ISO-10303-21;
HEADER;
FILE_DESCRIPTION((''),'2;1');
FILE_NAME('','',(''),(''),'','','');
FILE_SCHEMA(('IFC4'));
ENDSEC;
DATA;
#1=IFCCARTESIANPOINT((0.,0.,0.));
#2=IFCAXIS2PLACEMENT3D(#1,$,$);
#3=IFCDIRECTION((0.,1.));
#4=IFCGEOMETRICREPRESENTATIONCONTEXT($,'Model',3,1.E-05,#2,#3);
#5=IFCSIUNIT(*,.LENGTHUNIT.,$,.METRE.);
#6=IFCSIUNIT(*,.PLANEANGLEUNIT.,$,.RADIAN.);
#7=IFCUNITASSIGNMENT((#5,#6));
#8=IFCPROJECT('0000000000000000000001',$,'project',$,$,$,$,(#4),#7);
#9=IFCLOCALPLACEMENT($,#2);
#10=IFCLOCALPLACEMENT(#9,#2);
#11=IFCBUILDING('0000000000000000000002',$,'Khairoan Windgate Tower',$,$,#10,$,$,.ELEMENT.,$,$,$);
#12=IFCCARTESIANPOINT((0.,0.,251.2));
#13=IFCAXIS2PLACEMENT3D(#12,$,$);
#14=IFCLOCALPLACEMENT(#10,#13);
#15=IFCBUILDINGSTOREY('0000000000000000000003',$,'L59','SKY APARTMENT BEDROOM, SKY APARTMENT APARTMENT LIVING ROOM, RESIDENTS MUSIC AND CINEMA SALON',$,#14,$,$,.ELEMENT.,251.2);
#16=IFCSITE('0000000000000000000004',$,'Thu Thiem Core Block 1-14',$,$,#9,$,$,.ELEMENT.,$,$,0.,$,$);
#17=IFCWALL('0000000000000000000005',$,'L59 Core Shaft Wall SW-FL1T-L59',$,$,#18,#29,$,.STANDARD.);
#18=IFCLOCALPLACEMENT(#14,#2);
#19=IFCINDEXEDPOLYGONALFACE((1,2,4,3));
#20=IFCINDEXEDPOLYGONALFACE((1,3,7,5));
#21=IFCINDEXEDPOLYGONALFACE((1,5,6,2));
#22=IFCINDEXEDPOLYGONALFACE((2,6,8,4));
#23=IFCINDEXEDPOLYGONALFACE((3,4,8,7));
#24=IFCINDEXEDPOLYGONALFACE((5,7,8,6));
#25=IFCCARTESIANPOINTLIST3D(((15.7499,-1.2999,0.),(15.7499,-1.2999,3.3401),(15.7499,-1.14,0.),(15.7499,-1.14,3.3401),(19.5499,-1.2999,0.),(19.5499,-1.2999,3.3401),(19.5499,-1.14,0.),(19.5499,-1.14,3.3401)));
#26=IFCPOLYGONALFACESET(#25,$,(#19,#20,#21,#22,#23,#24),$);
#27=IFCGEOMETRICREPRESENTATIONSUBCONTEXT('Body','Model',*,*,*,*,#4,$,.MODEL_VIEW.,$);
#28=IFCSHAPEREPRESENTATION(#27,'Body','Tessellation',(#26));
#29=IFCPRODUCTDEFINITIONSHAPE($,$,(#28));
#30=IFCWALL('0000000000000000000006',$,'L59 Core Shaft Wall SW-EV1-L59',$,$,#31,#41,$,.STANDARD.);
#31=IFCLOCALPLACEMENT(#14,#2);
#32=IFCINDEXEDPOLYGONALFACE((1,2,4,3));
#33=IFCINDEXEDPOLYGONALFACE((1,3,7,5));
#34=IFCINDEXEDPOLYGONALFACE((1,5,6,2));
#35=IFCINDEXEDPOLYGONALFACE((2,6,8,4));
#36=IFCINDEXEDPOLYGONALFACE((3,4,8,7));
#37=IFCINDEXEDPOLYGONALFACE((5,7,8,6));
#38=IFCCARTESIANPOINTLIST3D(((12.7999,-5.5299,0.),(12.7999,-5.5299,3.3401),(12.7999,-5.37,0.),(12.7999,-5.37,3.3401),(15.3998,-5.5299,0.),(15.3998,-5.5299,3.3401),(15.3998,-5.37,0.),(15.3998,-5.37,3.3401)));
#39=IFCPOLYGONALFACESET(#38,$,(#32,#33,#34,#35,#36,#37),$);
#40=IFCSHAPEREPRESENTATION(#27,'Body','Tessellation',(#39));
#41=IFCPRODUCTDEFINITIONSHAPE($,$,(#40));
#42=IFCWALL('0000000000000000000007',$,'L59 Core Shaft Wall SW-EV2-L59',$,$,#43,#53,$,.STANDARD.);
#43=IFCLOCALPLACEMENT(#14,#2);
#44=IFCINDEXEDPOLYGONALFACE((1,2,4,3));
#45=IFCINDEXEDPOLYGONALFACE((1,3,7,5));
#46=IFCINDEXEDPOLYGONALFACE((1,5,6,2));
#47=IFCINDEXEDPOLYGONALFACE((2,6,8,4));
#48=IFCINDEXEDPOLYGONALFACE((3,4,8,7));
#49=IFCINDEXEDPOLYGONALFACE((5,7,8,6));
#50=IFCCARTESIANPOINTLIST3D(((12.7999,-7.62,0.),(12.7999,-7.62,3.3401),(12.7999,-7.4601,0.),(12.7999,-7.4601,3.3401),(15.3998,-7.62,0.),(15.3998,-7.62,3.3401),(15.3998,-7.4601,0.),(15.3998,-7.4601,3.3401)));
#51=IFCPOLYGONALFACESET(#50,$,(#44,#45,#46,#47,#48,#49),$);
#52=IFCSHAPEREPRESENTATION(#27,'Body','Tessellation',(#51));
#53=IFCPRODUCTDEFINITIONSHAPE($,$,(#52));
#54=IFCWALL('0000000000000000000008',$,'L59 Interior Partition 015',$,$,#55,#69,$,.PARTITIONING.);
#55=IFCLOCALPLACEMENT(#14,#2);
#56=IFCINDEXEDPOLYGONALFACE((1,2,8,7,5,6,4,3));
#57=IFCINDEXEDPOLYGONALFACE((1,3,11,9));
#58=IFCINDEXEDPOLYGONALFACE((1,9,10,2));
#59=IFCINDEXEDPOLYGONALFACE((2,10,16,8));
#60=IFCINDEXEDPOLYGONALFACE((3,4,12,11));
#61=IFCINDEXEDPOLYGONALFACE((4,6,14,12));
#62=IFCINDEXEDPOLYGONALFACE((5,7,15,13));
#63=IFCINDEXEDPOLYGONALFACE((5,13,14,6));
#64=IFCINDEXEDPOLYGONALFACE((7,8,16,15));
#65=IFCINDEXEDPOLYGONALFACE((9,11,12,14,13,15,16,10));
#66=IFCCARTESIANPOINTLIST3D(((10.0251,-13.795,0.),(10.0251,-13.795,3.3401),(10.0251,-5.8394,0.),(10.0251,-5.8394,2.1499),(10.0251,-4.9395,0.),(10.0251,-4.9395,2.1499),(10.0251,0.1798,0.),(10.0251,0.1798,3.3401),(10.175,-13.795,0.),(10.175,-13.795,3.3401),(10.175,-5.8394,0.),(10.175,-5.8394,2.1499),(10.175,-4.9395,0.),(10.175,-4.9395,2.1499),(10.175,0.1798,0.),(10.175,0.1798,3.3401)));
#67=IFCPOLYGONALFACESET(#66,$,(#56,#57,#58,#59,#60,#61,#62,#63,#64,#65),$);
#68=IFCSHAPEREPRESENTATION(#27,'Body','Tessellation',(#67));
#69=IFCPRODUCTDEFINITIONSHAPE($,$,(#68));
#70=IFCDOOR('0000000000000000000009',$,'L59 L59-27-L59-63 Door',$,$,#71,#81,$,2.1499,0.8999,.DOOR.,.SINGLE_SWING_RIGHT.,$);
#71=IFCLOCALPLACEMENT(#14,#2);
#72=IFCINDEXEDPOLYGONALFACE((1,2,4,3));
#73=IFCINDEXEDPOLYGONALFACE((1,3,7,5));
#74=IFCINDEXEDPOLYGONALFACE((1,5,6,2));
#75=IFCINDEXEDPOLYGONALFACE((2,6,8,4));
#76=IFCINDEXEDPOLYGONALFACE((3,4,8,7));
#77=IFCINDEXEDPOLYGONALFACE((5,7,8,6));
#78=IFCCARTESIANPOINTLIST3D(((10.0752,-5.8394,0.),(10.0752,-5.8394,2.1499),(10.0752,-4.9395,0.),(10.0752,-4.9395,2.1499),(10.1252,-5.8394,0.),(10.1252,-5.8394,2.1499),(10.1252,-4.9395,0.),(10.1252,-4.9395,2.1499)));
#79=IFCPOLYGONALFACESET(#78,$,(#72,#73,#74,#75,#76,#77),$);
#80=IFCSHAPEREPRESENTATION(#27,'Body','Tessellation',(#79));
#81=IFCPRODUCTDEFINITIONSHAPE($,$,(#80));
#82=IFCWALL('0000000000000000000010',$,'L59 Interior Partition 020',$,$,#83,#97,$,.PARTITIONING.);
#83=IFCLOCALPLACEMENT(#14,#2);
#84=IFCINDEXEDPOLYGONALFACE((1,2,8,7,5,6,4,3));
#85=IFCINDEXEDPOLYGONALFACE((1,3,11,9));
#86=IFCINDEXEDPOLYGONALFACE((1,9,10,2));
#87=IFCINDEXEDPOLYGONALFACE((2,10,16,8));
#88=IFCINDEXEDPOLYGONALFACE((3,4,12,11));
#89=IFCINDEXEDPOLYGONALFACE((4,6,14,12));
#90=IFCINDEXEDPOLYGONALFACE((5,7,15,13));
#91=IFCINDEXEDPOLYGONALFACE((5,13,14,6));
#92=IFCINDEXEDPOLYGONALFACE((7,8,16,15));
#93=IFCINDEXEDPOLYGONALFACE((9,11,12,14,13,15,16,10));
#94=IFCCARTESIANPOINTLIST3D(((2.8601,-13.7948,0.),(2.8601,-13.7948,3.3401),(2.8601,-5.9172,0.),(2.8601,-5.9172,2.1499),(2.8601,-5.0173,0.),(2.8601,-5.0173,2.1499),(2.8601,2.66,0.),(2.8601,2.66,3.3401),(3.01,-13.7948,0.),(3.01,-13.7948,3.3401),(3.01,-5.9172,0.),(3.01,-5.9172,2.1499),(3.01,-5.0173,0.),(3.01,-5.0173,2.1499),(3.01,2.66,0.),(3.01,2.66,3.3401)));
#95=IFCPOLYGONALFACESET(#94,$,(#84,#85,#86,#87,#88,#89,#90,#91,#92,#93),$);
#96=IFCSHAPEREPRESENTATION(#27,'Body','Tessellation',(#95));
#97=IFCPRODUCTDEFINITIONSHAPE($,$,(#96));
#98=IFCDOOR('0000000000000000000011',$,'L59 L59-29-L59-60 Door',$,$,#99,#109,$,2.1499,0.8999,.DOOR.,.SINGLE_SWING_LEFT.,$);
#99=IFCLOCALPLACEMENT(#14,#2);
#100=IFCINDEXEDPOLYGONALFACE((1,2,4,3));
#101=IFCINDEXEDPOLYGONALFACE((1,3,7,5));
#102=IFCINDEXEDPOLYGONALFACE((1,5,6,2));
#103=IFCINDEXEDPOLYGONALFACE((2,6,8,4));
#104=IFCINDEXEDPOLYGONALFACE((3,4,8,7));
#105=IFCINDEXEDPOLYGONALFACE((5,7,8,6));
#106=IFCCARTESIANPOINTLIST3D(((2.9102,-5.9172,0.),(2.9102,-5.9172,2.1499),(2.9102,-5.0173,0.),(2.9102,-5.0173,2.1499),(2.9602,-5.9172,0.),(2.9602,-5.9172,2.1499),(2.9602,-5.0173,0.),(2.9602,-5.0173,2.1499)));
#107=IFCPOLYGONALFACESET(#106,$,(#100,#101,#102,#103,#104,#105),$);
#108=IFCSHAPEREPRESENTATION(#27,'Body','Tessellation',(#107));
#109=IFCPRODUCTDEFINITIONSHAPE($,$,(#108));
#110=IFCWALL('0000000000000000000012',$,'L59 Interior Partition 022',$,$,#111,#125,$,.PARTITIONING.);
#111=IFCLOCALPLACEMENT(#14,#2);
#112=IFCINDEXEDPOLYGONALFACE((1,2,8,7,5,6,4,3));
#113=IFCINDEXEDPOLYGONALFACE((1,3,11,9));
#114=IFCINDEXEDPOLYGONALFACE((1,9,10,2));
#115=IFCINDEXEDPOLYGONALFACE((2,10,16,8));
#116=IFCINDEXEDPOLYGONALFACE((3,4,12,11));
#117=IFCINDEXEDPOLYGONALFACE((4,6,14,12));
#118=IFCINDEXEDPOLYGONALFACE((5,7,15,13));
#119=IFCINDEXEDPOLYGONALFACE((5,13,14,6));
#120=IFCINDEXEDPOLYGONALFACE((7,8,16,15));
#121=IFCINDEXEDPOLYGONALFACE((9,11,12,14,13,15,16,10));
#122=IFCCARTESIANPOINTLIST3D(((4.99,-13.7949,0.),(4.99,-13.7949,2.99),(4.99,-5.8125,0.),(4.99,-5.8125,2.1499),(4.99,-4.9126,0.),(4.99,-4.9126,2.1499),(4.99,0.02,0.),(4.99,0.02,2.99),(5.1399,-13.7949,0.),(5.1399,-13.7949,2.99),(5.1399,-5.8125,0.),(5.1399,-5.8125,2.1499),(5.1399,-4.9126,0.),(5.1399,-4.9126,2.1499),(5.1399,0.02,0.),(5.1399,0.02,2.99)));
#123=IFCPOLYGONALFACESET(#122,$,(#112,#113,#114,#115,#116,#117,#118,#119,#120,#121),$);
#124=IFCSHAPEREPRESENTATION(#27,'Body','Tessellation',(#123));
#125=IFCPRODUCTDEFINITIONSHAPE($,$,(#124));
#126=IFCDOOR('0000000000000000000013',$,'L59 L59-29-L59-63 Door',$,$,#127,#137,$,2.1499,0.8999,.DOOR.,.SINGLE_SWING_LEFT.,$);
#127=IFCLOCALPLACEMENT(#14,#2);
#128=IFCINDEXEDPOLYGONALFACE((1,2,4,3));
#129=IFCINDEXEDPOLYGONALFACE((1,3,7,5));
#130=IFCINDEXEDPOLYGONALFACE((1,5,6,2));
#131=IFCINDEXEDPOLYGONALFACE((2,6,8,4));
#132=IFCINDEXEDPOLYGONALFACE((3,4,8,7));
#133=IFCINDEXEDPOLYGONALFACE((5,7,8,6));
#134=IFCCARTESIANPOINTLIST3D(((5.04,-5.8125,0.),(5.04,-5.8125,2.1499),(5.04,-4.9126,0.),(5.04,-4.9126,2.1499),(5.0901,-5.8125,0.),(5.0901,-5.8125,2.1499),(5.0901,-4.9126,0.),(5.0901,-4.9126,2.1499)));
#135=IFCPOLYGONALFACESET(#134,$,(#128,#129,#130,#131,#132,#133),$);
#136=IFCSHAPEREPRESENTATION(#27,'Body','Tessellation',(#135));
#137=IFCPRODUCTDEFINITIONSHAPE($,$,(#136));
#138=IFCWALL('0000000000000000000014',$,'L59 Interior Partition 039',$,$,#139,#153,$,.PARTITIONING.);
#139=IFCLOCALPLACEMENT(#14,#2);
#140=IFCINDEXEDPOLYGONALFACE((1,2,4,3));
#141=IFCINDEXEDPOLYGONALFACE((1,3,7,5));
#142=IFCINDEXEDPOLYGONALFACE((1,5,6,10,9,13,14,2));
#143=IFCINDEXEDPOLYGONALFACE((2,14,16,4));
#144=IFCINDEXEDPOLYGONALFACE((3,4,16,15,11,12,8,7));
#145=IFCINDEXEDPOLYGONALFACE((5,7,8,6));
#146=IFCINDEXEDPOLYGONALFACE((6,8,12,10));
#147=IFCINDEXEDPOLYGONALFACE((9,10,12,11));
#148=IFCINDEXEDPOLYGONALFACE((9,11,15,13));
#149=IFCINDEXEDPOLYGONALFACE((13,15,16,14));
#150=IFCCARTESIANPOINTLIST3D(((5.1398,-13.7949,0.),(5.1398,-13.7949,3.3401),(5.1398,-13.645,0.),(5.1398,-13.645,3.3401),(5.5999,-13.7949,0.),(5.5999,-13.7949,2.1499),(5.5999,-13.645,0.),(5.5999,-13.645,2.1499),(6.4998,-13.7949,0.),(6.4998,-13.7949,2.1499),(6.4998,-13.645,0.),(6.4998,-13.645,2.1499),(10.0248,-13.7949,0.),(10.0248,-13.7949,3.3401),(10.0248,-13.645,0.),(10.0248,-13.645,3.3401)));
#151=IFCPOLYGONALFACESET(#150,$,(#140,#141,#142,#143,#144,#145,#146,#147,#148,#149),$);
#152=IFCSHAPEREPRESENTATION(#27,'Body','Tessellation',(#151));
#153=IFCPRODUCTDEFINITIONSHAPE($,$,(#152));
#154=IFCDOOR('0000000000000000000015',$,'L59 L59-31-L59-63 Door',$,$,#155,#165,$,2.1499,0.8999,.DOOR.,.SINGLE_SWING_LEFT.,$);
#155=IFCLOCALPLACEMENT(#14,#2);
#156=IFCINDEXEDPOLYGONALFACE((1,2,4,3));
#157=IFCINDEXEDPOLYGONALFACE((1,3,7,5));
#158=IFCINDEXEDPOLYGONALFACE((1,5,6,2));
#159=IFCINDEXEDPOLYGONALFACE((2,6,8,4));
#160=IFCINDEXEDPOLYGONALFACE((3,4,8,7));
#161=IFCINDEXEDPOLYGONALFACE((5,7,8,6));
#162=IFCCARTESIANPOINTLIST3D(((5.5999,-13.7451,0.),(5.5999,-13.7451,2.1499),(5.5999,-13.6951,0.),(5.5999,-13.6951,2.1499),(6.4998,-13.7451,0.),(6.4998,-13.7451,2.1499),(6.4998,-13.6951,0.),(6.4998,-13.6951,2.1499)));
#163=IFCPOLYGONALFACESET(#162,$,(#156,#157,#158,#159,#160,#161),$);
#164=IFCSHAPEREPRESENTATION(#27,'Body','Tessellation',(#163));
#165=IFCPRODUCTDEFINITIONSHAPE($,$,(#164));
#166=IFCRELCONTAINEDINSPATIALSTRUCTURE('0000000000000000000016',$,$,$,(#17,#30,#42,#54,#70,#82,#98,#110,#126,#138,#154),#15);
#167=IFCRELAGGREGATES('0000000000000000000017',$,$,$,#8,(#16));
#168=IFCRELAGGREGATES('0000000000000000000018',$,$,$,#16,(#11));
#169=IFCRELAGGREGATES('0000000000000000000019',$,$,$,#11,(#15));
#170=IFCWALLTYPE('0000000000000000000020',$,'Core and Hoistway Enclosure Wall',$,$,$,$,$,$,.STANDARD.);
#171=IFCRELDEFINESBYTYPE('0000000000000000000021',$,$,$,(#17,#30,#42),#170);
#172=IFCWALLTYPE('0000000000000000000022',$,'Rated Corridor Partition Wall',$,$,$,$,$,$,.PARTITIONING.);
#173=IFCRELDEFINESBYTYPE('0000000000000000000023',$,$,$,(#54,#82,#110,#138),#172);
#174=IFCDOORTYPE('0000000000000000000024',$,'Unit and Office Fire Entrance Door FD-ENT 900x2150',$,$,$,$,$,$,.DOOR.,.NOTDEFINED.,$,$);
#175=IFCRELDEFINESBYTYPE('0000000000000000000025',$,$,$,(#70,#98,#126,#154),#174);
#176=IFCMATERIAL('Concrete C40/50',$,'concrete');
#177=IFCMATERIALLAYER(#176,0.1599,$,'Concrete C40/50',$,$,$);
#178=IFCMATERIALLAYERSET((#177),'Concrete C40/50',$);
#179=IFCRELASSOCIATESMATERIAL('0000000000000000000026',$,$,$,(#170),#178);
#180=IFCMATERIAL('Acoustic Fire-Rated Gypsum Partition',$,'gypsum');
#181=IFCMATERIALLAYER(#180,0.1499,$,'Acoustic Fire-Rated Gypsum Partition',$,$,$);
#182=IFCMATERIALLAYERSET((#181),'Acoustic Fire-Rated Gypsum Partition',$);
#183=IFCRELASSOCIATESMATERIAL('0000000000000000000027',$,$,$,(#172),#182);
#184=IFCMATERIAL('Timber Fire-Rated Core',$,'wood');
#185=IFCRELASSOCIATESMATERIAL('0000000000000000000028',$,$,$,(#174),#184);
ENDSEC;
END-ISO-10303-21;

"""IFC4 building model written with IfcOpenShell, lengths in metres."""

from ifc_helpers import new_model, si_unit, direction, frame, frame_2d, origin, place, context, subcontext, project, spatial, rectangle, extrude, material, layer, layer_set, type_object, element, fill, save


model = new_model("IFC4")

# Units and contexts
model_context = context("Model", 3, precision=1e-05, world=origin(), true_north=direction((0.0, 1.0)))
body_context = subcontext(model_context, "Body", "Model", "MODEL_VIEW")
ifc_project = project(units=[si_unit("LENGTHUNIT", "METRE"), si_unit("PLANEANGLEUNIT", "RADIAN")], contexts=[model_context])

# Site, building, storey
site_placement = place(None, origin())
site = spatial("IfcSite", under=ifc_project, at=site_placement, Name="Thu Thiem Core Block 1-14", CompositionType="ELEMENT", RefElevation=0.0)
building_placement = place(site_placement, origin())
building = spatial("IfcBuilding", under=site, at=building_placement, Name="Khairoan Windgate Tower", CompositionType="ELEMENT")
storey_placement = place(building_placement, frame((0.0, 0.0, 251.2)))
storey = spatial("IfcBuildingStorey", under=building, at=storey_placement, Name="L59", Description="SKY APARTMENT BEDROOM, SKY APARTMENT APARTMENT LIVING ROOM, RESIDENTS MUSIC AND CINEMA SALON", CompositionType="ELEMENT", Elevation=251.2)

# Shared definitions
ifc_material_1 = material(Name="Concrete C40/50", Category="concrete")
ifc_layer_1 = layer(ifc_material_1, 0.1599, Name="Concrete C40/50")
ifc_layer_set_1 = layer_set([ifc_layer_1], Name="Concrete C40/50")
wall_type_1 = type_object("IfcWallType", Name="Core and Hoistway Enclosure Wall", PredefinedType="STANDARD", material=ifc_layer_set_1)

# Walls
wall_1_placement = place(storey_placement, frame((15.75, -1.22, 0.0), z_axis=(0.0, 0.0, 1.0), x_axis=(1.0, 0.0, 0.0)))
element("IfcWall", 1, at=wall_1_placement, inside=storey, type_object=wall_type_1, Name="L59 Core Shaft Wall SW-FL1T-L59", PredefinedType="STANDARD", context=body_context, shape_type="SweptSolid", body=[
    extrude(rectangle(XDim=3.8, YDim=0.1599, at=frame_2d((1.8999, 0.0))), origin(), (0.0, 0.0, 1.0), 3.3401),
])
for number, where, z_axis, x_axis, name in (
    (2, (12.8, -5.45, 0.0), (0.0, 0.0, 1.0), (1.0, 0.0, 0.0), "L59 Core Shaft Wall SW-EV1-L59"),
    (3, (12.8, -7.54, 0.0), (0.0, 0.0, 1.0), (1.0, 0.0, 0.0), "L59 Core Shaft Wall SW-EV2-L59"),
):
    element("IfcWall", number, at=place(storey_placement, frame(where, z_axis=z_axis, x_axis=x_axis)), inside=storey, type_object=wall_type_1, Name=name, PredefinedType="STANDARD", context=body_context, shape_type="SweptSolid", body=[
        extrude(rectangle(XDim=2.5999, YDim=0.1599, at=frame_2d((1.2998, 0.0))), origin(), (0.0, 0.0, 1.0), 3.3401),
    ])

# Walls, openings, doors
ifc_material_2 = material(Name="Acoustic Fire-Rated Gypsum Partition", Category="gypsum")
ifc_layer_2 = layer(ifc_material_2, 0.1499, Name="Acoustic Fire-Rated Gypsum Partition")
ifc_layer_set_2 = layer_set([ifc_layer_2], Name="Acoustic Fire-Rated Gypsum Partition")
wall_type_2 = type_object("IfcWallType", Name="Rated Corridor Partition Wall", PredefinedType="PARTITIONING", material=ifc_layer_set_2)
wall_2_placement = place(storey_placement, frame((10.1001, -13.7949, 0.0), z_axis=(0.0, 0.0, 1.0), x_axis=(0.0, 1.0, 0.0)))
wall_2 = element("IfcWall", 4, at=wall_2_placement, inside=storey, type_object=wall_type_2, Name="L59 Interior Partition 015", PredefinedType="PARTITIONING", context=body_context, shape_type="SweptSolid", body=[
    extrude(rectangle(XDim=13.9749, YDim=0.1499, at=frame_2d((6.9873, 0.0))), origin(), (0.0, 0.0, 1.0), 3.3401),
])
opening_1_placement = place(wall_2_placement, frame((7.9556, 0.0, 0.0)))
opening_1 = element("IfcOpeningElement", 5, at=opening_1_placement, cuts=wall_2, PredefinedType="OPENING", context=body_context, shape_type="SweptSolid", body=[
    extrude(rectangle(XDim=0.8999, YDim=2.1499, at=frame_2d((0.45, 1.075))), frame((0.0, 0.085, 0.0), z_axis=(0.0, -1.0, 0.0), x_axis=(1.0, 0.0, 0.0)), (0.0, 0.0, 1.0), 0.1699),
])
ifc_material_3 = material(Name="Timber Fire-Rated Core", Category="wood")
door_type_1 = type_object("IfcDoorType", Name="Unit and Office Fire Entrance Door FD-ENT 900x2150", OperationType="NOTDEFINED", PredefinedType="DOOR", material=ifc_material_3)
door_1_placement = place(opening_1_placement, origin())
door_1 = element("IfcDoor", 6, at=door_1_placement, inside=storey, type_object=door_type_1, Name="L59 L59-27-L59-63 Door", OperationType="SINGLE_SWING_RIGHT", OverallHeight=2.1499, OverallWidth=0.8999, PredefinedType="DOOR", context=body_context, shape_type="SweptSolid", body=[
    extrude(rectangle(XDim=0.8999, YDim=2.1499, at=frame_2d((0.45, 1.075))), frame((0.0, 0.0249, 0.0), z_axis=(0.0, -1.0, 0.0), x_axis=(1.0, 0.0, 0.0)), (0.0, 0.0, 1.0), 0.05),
])
fill(opening_1, door_1)
wall_3_placement = place(storey_placement, frame((2.9351, -13.7949, 0.0), z_axis=(0.0, 0.0, 1.0), x_axis=(0.0, 1.0, 0.0)))
wall_3 = element("IfcWall", 7, at=wall_3_placement, inside=storey, type_object=wall_type_2, Name="L59 Interior Partition 020", PredefinedType="PARTITIONING", context=body_context, shape_type="SweptSolid", body=[
    extrude(rectangle(XDim=16.4548, YDim=0.1499, at=frame_2d((8.2275, 0.0))), origin(), (0.0, 0.0, 1.0), 3.3401),
])
opening_2_placement = place(wall_3_placement, frame((7.8777, 0.0, 0.0)))
opening_2 = element("IfcOpeningElement", 8, at=opening_2_placement, cuts=wall_3, PredefinedType="OPENING", context=body_context, shape_type="SweptSolid", body=[
    extrude(rectangle(XDim=0.8999, YDim=2.1499, at=frame_2d((0.45, 1.075))), frame((0.0, 0.085, 0.0), z_axis=(0.0, -1.0, 0.0), x_axis=(1.0, 0.0, 0.0)), (0.0, 0.0, 1.0), 0.1699),
])
door_2_placement = place(opening_2_placement, origin())
door_2 = element("IfcDoor", 9, at=door_2_placement, inside=storey, type_object=door_type_1, Name="L59 L59-29-L59-60 Door", OperationType="SINGLE_SWING_LEFT", OverallHeight=2.1499, OverallWidth=0.8999, PredefinedType="DOOR", context=body_context, shape_type="SweptSolid", body=[
    extrude(rectangle(XDim=0.8999, YDim=2.1499, at=frame_2d((0.45, 1.075))), frame((0.0, 0.0249, 0.0), z_axis=(0.0, -1.0, 0.0), x_axis=(1.0, 0.0, 0.0)), (0.0, 0.0, 1.0), 0.05),
])
fill(opening_2, door_2)
wall_4_placement = place(storey_placement, frame((5.0649, -13.7949, 0.0), z_axis=(0.0, 0.0, 1.0), x_axis=(0.0, 1.0, 0.0)))
wall_4 = element("IfcWall", 10, at=wall_4_placement, inside=storey, type_object=wall_type_2, Name="L59 Interior Partition 022", PredefinedType="PARTITIONING", context=body_context, shape_type="SweptSolid", body=[
    extrude(rectangle(XDim=13.8149, YDim=0.1499, at=frame_2d((6.9075, 0.0))), origin(), (0.0, 0.0, 1.0), 2.99),
])
opening_3_placement = place(wall_4_placement, frame((7.9824, 0.0, 0.0)))
opening_3 = element("IfcOpeningElement", 11, at=opening_3_placement, cuts=wall_4, PredefinedType="OPENING", context=body_context, shape_type="SweptSolid", body=[
    extrude(rectangle(XDim=0.8999, YDim=2.1499, at=frame_2d((0.45, 1.075))), frame((0.0, 0.085, 0.0), z_axis=(0.0, -1.0, 0.0), x_axis=(1.0, 0.0, 0.0)), (0.0, 0.0, 1.0), 0.1699),
])
door_3_placement = place(opening_3_placement, origin())
door_3 = element("IfcDoor", 12, at=door_3_placement, inside=storey, type_object=door_type_1, Name="L59 L59-29-L59-63 Door", OperationType="SINGLE_SWING_LEFT", OverallHeight=2.1499, OverallWidth=0.8999, PredefinedType="DOOR", context=body_context, shape_type="SweptSolid", body=[
    extrude(rectangle(XDim=0.8999, YDim=2.1499, at=frame_2d((0.45, 1.075))), frame((0.0, 0.0249, 0.0), z_axis=(0.0, -1.0, 0.0), x_axis=(1.0, 0.0, 0.0)), (0.0, 0.0, 1.0), 0.05),
])
fill(opening_3, door_3)
wall_5_placement = place(storey_placement, frame((5.1399, -13.72, 0.0), z_axis=(0.0, 0.0, 1.0), x_axis=(1.0, 0.0, 0.0)))
wall_5 = element("IfcWall", 13, at=wall_5_placement, inside=storey, type_object=wall_type_2, Name="L59 Interior Partition 039", PredefinedType="PARTITIONING", context=body_context, shape_type="SweptSolid", body=[
    extrude(rectangle(XDim=4.885, YDim=0.1499, at=frame_2d((2.4424, 0.0))), origin(), (0.0, 0.0, 1.0), 3.3401),
])
opening_4_placement = place(wall_5_placement, frame((0.46, 0.0, 0.0)))
opening_4 = element("IfcOpeningElement", 14, at=opening_4_placement, cuts=wall_5, PredefinedType="OPENING", context=body_context, shape_type="SweptSolid", body=[
    extrude(rectangle(XDim=0.8999, YDim=2.1499, at=frame_2d((0.45, 1.075))), frame((0.0, 0.085, 0.0), z_axis=(0.0, -1.0, 0.0), x_axis=(1.0, 0.0, 0.0)), (0.0, 0.0, 1.0), 0.1699),
])
door_4_placement = place(opening_4_placement, origin())
door_4 = element("IfcDoor", 15, at=door_4_placement, inside=storey, type_object=door_type_1, Name="L59 L59-31-L59-63 Door", OperationType="SINGLE_SWING_LEFT", OverallHeight=2.1499, OverallWidth=0.8999, PredefinedType="DOOR", context=body_context, shape_type="SweptSolid", body=[
    extrude(rectangle(XDim=0.8999, YDim=2.1499, at=frame_2d((0.45, 1.075))), frame((0.0, 0.0249, 0.0), z_axis=(0.0, -1.0, 0.0), x_axis=(1.0, 0.0, 0.0)), (0.0, 0.0, 1.0), 0.05),
])
fill(opening_4, door_4)

save(model, "model.ifc")
